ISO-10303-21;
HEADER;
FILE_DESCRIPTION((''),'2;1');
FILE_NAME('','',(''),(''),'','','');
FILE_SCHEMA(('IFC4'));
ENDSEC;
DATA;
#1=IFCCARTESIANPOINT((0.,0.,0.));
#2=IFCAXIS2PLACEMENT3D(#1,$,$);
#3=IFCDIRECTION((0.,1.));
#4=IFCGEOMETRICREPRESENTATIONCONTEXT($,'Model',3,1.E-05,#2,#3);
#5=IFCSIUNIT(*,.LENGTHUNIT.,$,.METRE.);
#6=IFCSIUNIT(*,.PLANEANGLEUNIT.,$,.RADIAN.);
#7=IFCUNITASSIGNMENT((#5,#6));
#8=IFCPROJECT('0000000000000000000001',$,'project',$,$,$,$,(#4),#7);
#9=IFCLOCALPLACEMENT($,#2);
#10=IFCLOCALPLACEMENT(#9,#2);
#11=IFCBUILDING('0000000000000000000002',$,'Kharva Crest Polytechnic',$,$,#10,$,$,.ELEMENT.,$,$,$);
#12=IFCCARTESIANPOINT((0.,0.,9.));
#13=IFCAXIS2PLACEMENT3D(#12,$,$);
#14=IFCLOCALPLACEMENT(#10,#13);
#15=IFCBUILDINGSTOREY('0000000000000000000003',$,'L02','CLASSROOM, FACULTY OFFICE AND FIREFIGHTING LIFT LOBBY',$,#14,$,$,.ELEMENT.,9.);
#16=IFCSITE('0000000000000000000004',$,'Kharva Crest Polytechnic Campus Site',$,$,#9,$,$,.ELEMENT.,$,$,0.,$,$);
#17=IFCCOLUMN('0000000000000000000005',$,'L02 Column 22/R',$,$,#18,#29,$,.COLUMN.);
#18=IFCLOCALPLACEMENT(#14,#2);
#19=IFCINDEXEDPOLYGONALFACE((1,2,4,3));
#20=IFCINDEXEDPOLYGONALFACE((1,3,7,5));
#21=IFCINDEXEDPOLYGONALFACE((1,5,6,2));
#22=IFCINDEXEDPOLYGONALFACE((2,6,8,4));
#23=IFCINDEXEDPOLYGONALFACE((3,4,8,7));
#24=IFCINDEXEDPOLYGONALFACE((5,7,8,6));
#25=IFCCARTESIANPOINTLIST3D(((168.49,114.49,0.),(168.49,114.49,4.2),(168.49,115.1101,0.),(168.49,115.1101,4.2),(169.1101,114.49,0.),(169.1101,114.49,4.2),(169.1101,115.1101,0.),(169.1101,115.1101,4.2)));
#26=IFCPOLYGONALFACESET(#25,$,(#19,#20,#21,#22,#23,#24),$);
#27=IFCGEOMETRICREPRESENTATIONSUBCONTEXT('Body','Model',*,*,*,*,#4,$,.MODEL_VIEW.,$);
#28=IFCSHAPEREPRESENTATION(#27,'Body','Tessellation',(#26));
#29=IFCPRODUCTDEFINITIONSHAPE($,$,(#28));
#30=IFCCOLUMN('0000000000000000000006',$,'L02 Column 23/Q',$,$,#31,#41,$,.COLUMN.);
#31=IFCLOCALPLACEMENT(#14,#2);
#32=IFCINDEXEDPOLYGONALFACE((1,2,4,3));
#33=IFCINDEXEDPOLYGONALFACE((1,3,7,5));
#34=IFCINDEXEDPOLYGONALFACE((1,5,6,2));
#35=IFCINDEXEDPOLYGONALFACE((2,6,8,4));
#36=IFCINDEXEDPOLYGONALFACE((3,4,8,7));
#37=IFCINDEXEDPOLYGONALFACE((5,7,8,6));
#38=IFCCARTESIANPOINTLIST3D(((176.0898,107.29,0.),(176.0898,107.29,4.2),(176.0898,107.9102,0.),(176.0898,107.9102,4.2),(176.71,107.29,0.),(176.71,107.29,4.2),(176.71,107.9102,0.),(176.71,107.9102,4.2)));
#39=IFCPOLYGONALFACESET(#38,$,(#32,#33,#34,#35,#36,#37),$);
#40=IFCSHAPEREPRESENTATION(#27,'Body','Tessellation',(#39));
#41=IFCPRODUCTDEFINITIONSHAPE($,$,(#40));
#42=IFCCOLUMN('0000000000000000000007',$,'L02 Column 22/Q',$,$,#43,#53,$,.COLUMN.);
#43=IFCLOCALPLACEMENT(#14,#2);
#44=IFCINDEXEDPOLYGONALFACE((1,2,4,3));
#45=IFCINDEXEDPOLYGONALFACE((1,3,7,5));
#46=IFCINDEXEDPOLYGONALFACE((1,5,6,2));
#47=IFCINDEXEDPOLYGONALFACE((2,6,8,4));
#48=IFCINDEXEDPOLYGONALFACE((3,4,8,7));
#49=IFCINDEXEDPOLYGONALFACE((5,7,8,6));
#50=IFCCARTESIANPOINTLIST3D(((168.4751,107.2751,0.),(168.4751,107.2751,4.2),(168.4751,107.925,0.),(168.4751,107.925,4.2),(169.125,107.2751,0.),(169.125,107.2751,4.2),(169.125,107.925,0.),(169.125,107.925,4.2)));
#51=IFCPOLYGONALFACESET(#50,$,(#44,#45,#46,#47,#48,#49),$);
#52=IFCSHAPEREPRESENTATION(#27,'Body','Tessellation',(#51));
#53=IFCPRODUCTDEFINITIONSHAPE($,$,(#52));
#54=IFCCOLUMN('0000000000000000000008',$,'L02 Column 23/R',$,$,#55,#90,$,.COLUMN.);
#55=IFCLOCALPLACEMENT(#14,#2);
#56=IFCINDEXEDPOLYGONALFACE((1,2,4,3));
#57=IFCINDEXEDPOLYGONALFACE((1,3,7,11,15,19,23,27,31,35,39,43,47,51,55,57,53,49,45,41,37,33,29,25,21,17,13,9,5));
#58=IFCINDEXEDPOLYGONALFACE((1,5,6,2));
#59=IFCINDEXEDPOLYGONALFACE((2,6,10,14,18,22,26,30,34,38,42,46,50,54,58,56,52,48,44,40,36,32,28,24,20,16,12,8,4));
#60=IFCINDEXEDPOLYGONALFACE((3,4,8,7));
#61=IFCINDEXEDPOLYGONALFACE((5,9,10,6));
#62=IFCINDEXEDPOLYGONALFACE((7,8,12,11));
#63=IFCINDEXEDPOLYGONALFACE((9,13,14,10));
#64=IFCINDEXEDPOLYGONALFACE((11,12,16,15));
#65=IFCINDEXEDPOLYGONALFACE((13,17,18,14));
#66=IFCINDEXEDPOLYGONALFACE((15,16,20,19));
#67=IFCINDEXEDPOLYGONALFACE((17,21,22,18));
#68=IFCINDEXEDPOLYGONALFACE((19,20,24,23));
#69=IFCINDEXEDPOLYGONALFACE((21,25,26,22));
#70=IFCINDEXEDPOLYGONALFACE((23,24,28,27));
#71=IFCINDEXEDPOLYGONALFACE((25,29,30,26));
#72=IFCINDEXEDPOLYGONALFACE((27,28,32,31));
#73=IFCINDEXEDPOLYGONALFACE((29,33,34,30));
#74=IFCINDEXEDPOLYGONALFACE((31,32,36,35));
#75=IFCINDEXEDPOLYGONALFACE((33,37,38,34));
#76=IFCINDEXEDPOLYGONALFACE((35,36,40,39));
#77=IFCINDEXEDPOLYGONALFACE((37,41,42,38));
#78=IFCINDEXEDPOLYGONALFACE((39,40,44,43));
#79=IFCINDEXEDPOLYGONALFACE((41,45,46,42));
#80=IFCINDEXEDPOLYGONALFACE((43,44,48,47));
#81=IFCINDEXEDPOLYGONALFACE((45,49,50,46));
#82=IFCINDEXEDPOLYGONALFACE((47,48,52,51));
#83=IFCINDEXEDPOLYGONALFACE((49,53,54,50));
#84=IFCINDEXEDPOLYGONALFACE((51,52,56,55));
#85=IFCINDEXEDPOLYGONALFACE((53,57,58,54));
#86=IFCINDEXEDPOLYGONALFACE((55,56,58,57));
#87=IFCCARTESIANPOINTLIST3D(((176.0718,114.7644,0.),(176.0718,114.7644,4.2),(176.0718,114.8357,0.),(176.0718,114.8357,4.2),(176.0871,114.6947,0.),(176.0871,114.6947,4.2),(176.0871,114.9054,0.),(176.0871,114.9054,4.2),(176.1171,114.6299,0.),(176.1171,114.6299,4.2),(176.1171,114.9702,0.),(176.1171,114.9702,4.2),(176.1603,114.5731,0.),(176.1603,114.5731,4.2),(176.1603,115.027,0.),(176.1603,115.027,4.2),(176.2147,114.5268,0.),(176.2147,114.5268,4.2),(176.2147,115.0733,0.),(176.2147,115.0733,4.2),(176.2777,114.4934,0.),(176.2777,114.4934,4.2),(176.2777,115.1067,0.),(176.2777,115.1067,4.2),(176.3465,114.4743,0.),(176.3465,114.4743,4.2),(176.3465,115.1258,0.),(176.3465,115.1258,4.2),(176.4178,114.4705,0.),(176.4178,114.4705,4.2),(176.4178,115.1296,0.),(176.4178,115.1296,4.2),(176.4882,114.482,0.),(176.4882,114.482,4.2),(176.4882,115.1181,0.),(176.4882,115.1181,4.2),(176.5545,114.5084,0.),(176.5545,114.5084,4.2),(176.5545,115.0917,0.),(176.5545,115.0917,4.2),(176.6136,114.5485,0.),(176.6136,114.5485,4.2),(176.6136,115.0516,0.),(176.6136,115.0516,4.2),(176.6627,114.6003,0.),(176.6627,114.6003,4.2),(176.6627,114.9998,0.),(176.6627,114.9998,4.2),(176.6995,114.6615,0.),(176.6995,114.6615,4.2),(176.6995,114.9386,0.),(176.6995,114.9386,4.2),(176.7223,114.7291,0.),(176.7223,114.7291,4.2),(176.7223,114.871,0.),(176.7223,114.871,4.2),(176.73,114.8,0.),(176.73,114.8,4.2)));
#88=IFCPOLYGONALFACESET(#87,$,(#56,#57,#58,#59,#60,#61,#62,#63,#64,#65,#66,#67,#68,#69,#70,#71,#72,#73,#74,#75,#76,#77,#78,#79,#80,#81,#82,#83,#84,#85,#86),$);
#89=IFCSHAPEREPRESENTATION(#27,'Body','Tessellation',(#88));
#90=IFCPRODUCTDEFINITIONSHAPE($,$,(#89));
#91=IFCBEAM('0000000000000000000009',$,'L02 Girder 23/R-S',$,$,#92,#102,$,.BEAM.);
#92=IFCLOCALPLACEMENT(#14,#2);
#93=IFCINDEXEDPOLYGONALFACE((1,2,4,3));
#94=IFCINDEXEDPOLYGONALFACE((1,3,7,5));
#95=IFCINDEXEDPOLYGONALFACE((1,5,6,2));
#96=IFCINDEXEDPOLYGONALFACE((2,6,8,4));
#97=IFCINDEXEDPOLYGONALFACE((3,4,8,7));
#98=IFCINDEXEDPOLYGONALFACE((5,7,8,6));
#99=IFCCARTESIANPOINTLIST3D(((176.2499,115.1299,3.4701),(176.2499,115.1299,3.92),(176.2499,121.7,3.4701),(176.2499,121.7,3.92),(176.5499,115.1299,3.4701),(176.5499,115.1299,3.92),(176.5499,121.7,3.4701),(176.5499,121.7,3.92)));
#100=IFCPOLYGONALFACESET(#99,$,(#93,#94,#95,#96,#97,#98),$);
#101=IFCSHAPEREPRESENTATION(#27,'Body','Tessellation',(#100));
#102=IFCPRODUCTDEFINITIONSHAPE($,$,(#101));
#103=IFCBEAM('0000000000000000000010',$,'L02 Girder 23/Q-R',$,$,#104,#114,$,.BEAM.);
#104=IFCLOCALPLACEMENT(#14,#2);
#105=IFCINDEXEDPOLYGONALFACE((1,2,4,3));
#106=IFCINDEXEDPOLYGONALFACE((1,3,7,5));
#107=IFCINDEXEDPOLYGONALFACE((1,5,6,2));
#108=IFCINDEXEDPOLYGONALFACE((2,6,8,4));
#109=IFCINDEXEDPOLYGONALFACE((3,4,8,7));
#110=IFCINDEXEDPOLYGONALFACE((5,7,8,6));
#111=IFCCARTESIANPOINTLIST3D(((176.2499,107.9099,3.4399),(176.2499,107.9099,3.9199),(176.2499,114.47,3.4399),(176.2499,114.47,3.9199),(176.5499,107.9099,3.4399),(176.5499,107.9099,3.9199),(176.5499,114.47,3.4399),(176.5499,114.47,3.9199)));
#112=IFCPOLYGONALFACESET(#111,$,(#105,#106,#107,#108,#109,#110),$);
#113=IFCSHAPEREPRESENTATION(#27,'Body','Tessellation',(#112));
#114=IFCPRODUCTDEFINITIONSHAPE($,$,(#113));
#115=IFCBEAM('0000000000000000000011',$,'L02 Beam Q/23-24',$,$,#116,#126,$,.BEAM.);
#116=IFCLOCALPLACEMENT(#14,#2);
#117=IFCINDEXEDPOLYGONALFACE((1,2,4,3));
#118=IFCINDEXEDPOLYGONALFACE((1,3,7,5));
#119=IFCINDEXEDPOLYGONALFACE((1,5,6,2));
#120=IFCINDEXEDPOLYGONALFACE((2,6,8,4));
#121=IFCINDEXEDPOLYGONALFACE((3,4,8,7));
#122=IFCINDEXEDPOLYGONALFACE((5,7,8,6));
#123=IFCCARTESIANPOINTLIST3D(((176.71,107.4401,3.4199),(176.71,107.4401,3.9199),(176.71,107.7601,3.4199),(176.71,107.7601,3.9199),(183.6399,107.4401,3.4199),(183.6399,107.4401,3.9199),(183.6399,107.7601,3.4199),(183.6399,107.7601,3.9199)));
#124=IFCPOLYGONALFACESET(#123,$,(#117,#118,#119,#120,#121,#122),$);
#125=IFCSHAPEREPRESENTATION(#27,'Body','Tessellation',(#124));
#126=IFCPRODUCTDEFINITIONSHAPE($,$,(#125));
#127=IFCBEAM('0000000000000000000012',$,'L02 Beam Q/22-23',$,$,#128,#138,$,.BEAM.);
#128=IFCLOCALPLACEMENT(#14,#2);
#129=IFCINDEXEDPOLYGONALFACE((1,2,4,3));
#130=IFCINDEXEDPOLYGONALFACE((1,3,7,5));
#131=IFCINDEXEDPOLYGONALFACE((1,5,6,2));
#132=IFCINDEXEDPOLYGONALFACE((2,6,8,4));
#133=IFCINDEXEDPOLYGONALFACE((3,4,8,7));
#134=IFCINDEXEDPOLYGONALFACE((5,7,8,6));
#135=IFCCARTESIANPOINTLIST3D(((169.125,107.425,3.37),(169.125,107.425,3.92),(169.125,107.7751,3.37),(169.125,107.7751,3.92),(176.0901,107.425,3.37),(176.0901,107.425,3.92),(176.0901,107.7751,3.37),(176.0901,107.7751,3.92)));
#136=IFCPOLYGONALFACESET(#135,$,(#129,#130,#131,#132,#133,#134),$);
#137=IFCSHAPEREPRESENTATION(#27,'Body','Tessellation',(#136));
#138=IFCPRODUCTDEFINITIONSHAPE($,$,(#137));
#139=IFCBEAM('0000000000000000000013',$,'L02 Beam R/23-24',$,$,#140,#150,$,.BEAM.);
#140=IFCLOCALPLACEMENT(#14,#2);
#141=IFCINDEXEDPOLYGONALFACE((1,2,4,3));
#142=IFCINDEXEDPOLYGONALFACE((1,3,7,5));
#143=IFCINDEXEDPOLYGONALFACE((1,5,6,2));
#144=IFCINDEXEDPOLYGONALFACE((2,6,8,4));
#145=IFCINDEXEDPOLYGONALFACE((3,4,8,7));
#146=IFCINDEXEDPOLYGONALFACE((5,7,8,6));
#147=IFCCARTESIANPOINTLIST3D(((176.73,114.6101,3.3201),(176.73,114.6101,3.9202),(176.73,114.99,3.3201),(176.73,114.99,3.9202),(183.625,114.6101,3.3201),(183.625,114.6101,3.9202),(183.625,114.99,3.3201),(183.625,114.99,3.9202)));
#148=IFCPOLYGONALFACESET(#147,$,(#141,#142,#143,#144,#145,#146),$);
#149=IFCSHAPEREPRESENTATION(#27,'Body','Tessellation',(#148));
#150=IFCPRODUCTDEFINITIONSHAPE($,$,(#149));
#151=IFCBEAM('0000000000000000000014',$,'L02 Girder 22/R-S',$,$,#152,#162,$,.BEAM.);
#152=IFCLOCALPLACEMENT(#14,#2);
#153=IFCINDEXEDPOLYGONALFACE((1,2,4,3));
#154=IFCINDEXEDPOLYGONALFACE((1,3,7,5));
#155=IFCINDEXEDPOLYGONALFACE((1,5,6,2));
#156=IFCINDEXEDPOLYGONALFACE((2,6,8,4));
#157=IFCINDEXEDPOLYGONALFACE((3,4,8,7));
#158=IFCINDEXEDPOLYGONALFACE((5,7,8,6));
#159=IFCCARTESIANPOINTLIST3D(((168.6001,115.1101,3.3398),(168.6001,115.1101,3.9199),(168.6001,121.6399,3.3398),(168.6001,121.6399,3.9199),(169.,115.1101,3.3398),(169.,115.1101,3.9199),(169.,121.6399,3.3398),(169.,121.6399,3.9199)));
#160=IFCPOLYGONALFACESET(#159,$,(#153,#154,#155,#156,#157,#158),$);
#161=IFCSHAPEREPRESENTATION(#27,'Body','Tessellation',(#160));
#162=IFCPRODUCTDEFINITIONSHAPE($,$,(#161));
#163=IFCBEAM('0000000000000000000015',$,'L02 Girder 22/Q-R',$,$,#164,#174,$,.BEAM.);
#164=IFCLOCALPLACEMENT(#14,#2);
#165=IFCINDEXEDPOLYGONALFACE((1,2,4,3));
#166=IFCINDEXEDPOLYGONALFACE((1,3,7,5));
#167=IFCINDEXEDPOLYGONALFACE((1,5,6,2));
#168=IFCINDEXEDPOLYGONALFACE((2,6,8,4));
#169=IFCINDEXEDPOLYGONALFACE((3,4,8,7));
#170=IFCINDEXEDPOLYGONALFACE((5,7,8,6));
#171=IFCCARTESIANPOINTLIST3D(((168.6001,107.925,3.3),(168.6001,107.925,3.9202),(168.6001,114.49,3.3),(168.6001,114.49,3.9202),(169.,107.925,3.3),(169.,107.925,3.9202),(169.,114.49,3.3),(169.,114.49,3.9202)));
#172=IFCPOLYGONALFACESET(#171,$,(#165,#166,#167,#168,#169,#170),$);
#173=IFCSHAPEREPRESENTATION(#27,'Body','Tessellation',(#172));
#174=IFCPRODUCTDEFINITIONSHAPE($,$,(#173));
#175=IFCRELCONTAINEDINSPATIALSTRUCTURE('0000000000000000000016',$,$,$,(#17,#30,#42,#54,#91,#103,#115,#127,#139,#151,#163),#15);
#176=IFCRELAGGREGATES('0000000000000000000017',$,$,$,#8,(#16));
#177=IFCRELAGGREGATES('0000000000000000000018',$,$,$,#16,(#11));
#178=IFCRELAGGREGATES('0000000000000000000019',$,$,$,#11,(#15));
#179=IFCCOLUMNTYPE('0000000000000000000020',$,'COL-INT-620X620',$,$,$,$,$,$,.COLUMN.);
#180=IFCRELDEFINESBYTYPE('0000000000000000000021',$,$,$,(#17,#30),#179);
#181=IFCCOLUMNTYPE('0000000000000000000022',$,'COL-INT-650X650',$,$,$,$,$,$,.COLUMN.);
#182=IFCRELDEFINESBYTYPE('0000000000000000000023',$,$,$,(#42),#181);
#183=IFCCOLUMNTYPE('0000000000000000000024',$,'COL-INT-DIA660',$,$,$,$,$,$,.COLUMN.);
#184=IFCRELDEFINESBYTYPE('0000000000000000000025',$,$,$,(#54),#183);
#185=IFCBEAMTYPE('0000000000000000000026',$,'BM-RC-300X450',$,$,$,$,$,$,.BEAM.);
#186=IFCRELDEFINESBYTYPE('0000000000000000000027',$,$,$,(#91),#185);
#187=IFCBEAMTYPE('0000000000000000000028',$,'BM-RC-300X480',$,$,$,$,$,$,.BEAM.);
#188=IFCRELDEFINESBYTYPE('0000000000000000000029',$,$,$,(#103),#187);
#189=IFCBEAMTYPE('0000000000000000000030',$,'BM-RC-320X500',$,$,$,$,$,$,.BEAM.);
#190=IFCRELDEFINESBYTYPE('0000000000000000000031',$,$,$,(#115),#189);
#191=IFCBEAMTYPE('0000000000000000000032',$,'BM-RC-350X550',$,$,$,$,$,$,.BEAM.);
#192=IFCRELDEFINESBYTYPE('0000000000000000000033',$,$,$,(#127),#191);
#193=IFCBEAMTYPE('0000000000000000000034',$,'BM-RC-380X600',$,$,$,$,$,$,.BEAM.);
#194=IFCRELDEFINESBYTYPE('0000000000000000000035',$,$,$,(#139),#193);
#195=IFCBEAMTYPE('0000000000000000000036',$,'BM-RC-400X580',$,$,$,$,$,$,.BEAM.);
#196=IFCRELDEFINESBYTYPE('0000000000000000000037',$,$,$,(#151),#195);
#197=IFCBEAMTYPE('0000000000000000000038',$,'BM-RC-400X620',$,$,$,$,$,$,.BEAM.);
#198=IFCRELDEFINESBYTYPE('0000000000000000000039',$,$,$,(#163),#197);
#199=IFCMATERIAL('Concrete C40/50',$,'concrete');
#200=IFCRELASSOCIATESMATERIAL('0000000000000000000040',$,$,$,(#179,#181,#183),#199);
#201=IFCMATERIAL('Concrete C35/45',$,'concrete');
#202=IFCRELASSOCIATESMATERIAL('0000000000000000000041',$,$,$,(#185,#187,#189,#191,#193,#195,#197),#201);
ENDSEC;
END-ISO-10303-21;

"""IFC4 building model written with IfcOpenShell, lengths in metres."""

from ifc_helpers import new_model, si_unit, direction, frame, origin, origin_2d, place, context, subcontext, project, spatial, rectangle, circle, extrude, material, material_profile, profile_set, type_object, element, save


model = new_model("IFC4")

# Units and contexts
model_context = context("Model", 3, precision=1e-05, world=origin(), true_north=direction((0.0, 1.0)))
body_context = subcontext(model_context, "Body", "Model", "MODEL_VIEW")
ifc_project = project(units=[si_unit("LENGTHUNIT", "METRE"), si_unit("PLANEANGLEUNIT", "RADIAN")], contexts=[model_context])

# Site, building, storey
site_placement = place(None, origin())
site = spatial("IfcSite", under=ifc_project, at=site_placement, Name="Kharva Crest Polytechnic Campus Site", CompositionType="ELEMENT", RefElevation=0.0)
building_placement = place(site_placement, origin())
building = spatial("IfcBuilding", under=site, at=building_placement, Name="Kharva Crest Polytechnic", CompositionType="ELEMENT")
storey_placement = place(building_placement, frame((0.0, 0.0, 9.0)))
storey = spatial("IfcBuildingStorey", under=building, at=storey_placement, Name="L02", Description="CLASSROOM, FACULTY OFFICE AND FIREFIGHTING LIFT LOBBY", CompositionType="ELEMENT", Elevation=9.0)

# Columns
ifc_material_1 = material(Name="Concrete C40/50", Category="concrete")
ifc_material_profile_1 = material_profile(ifc_material_1, rectangle(XDim=0.6201, YDim=0.6201, at=origin_2d()), Name="RECT 620 X 620")
ifc_profile_set_1 = profile_set([ifc_material_profile_1], Name="Concrete C40/50")
column_type_1 = type_object("IfcColumnType", Name="COL-INT-620X620", PredefinedType="COLUMN", material=ifc_profile_set_1)
for number, where, z_axis, x_axis, name in (
    (1, (168.8, 114.8, 0.0), (0.0, 0.0, 1.0), (1.0, 0.0, 0.0), "L02 Column 22/R"),
    (2, (176.3999, 107.6001, 0.0), (0.0, 0.0, 1.0), (1.0, 0.0, 0.0), "L02 Column 23/Q"),
):
    element("IfcColumn", number, at=place(storey_placement, frame(where, z_axis=z_axis, x_axis=x_axis)), inside=storey, type_object=column_type_1, Name=name, PredefinedType="COLUMN", context=body_context, shape_type="SweptSolid", body=[
        extrude(rectangle(XDim=0.6201, YDim=0.6201, at=origin_2d()), origin(), (0.0, 0.0, 1.0), 4.2),
    ])
ifc_material_profile_2 = material_profile(ifc_material_1, rectangle(XDim=0.6499, YDim=0.6499, at=origin_2d()), Name="RECT 650 X 650")
ifc_profile_set_2 = profile_set([ifc_material_profile_2], Name="Concrete C40/50")
column_type_2 = type_object("IfcColumnType", Name="COL-INT-650X650", PredefinedType="COLUMN", material=ifc_profile_set_2)
column_1_placement = place(storey_placement, frame((168.8, 107.6001, 0.0), z_axis=(0.0, 0.0, 1.0), x_axis=(1.0, 0.0, 0.0)))
element("IfcColumn", 3, at=column_1_placement, inside=storey, type_object=column_type_2, Name="L02 Column 22/Q", PredefinedType="COLUMN", context=body_context, shape_type="SweptSolid", body=[
    extrude(rectangle(XDim=0.6499, YDim=0.6499, at=origin_2d()), origin(), (0.0, 0.0, 1.0), 4.2),
])
ifc_material_profile_3 = material_profile(ifc_material_1, circle(Radius=0.3301, at=origin_2d()), Name="DIA 660")
ifc_profile_set_3 = profile_set([ifc_material_profile_3], Name="Concrete C40/50")
column_type_3 = type_object("IfcColumnType", Name="COL-INT-DIA660", PredefinedType="COLUMN", material=ifc_profile_set_3)
column_2_placement = place(storey_placement, frame((176.3999, 114.8, 0.0), z_axis=(0.0, 0.0, 1.0), x_axis=(1.0, 0.0, 0.0)))
element("IfcColumn", 4, at=column_2_placement, inside=storey, type_object=column_type_3, Name="L02 Column 23/R", PredefinedType="COLUMN", context=body_context, shape_type="SweptSolid", body=[
    extrude(circle(Radius=0.3301, at=origin_2d()), origin(), (0.0, 0.0, 1.0), 4.2),
])

# Beams
ifc_material_2 = material(Name="Concrete C35/45", Category="concrete")
ifc_material_profile_4 = material_profile(ifc_material_2, rectangle(XDim=0.3, YDim=0.45, at=origin_2d()), Name="RECT 300 X 450")
ifc_profile_set_4 = profile_set([ifc_material_profile_4], Name="Concrete C35/45")
beam_type_1 = type_object("IfcBeamType", Name="BM-RC-300X450", PredefinedType="BEAM", material=ifc_profile_set_4)
beam_1_placement = place(storey_placement, frame((176.3999, 115.1299, 3.6951), z_axis=(0.0, 1.0, 0.0), x_axis=(-1.0, 0.0, 0.0)))
element("IfcBeam", 5, at=beam_1_placement, inside=storey, type_object=beam_type_1, Name="L02 Girder 23/R-S", PredefinedType="BEAM", context=body_context, shape_type="SweptSolid", body=[
    extrude(rectangle(XDim=0.3, YDim=0.45, at=origin_2d()), origin(), (0.0, 0.0, 1.0), 6.5701),
])
ifc_material_profile_5 = material_profile(ifc_material_2, rectangle(XDim=0.3, YDim=0.48, at=origin_2d()), Name="RECT 300 X 480")
ifc_profile_set_5 = profile_set([ifc_material_profile_5], Name="Concrete C35/45")
beam_type_2 = type_object("IfcBeamType", Name="BM-RC-300X480", PredefinedType="BEAM", material=ifc_profile_set_5)
beam_2_placement = place(storey_placement, frame((176.3999, 107.9099, 3.6799), z_axis=(0.0, 1.0, 0.0), x_axis=(-1.0, 0.0, 0.0)))
element("IfcBeam", 6, at=beam_2_placement, inside=storey, type_object=beam_type_2, Name="L02 Girder 23/Q-R", PredefinedType="BEAM", context=body_context, shape_type="SweptSolid", body=[
    extrude(rectangle(XDim=0.3, YDim=0.48, at=origin_2d()), origin(), (0.0, 0.0, 1.0), 6.5601),
])
ifc_material_profile_6 = material_profile(ifc_material_2, rectangle(XDim=0.3201, YDim=0.5, at=origin_2d()), Name="RECT 320 X 500")
ifc_profile_set_6 = profile_set([ifc_material_profile_6], Name="Concrete C35/45")
beam_type_3 = type_object("IfcBeamType", Name="BM-RC-320X500", PredefinedType="BEAM", material=ifc_profile_set_6)
beam_3_placement = place(storey_placement, frame((176.71, 107.6001, 3.6699), z_axis=(1.0, 0.0, 0.0), x_axis=(0.0, 1.0, 0.0)))
element("IfcBeam", 7, at=beam_3_placement, inside=storey, type_object=beam_type_3, Name="L02 Beam Q/23-24", PredefinedType="BEAM", context=body_context, shape_type="SweptSolid", body=[
    extrude(rectangle(XDim=0.3201, YDim=0.5, at=origin_2d()), origin(), (0.0, 0.0, 1.0), 6.9299),
])
ifc_material_profile_7 = material_profile(ifc_material_2, rectangle(XDim=0.3501, YDim=0.55, at=origin_2d()), Name="RECT 350 X 550")
ifc_profile_set_7 = profile_set([ifc_material_profile_7], Name="Concrete C35/45")
beam_type_4 = type_object("IfcBeamType", Name="BM-RC-350X550", PredefinedType="BEAM", material=ifc_profile_set_7)
beam_4_placement = place(storey_placement, frame((169.125, 107.6001, 3.645), z_axis=(1.0, 0.0, 0.0), x_axis=(0.0, 1.0, 0.0)))
element("IfcBeam", 8, at=beam_4_placement, inside=storey, type_object=beam_type_4, Name="L02 Beam Q/22-23", PredefinedType="BEAM", context=body_context, shape_type="SweptSolid", body=[
    extrude(rectangle(XDim=0.3501, YDim=0.55, at=origin_2d()), origin(), (0.0, 0.0, 1.0), 6.9651),
])
ifc_material_profile_8 = material_profile(ifc_material_2, rectangle(XDim=0.3799, YDim=0.6001, at=origin_2d()), Name="RECT 380 X 600")
ifc_profile_set_8 = profile_set([ifc_material_profile_8], Name="Concrete C35/45")
beam_type_5 = type_object("IfcBeamType", Name="BM-RC-380X600", PredefinedType="BEAM", material=ifc_profile_set_8)
beam_5_placement = place(storey_placement, frame((176.73, 114.8, 3.6201), z_axis=(1.0, 0.0, 0.0), x_axis=(0.0, 1.0, 0.0)))
element("IfcBeam", 9, at=beam_5_placement, inside=storey, type_object=beam_type_5, Name="L02 Beam R/23-24", PredefinedType="BEAM", context=body_context, shape_type="SweptSolid", body=[
    extrude(rectangle(XDim=0.3799, YDim=0.6001, at=origin_2d()), origin(), (0.0, 0.0, 1.0), 6.895),
])
ifc_material_profile_9 = material_profile(ifc_material_2, rectangle(XDim=0.3999, YDim=0.5801, at=origin_2d()), Name="RECT 400 X 580")
ifc_profile_set_9 = profile_set([ifc_material_profile_9], Name="Concrete C35/45")
beam_type_6 = type_object("IfcBeamType", Name="BM-RC-400X580", PredefinedType="BEAM", material=ifc_profile_set_9)
beam_6_placement = place(storey_placement, frame((168.8, 115.1101, 3.6299), z_axis=(0.0, 1.0, 0.0), x_axis=(-1.0, 0.0, 0.0)))
element("IfcBeam", 10, at=beam_6_placement, inside=storey, type_object=beam_type_6, Name="L02 Girder 22/R-S", PredefinedType="BEAM", context=body_context, shape_type="SweptSolid", body=[
    extrude(rectangle(XDim=0.3999, YDim=0.5801, at=origin_2d()), origin(), (0.0, 0.0, 1.0), 6.5298),
])
ifc_material_profile_10 = material_profile(ifc_material_2, rectangle(XDim=0.3999, YDim=0.6201, at=origin_2d()), Name="RECT 400 X 620")
ifc_profile_set_10 = profile_set([ifc_material_profile_10], Name="Concrete C35/45")
beam_type_7 = type_object("IfcBeamType", Name="BM-RC-400X620", PredefinedType="BEAM", material=ifc_profile_set_10)
beam_7_placement = place(storey_placement, frame((168.8, 107.925, 3.6101), z_axis=(0.0, 1.0, 0.0), x_axis=(-1.0, 0.0, 0.0)))
element("IfcBeam", 11, at=beam_7_placement, inside=storey, type_object=beam_type_7, Name="L02 Girder 22/Q-R", PredefinedType="BEAM", context=body_context, shape_type="SweptSolid", body=[
    extrude(rectangle(XDim=0.3999, YDim=0.6201, at=origin_2d()), origin(), (0.0, 0.0, 1.0), 6.5649),
])

save(model, "model.ifc")
